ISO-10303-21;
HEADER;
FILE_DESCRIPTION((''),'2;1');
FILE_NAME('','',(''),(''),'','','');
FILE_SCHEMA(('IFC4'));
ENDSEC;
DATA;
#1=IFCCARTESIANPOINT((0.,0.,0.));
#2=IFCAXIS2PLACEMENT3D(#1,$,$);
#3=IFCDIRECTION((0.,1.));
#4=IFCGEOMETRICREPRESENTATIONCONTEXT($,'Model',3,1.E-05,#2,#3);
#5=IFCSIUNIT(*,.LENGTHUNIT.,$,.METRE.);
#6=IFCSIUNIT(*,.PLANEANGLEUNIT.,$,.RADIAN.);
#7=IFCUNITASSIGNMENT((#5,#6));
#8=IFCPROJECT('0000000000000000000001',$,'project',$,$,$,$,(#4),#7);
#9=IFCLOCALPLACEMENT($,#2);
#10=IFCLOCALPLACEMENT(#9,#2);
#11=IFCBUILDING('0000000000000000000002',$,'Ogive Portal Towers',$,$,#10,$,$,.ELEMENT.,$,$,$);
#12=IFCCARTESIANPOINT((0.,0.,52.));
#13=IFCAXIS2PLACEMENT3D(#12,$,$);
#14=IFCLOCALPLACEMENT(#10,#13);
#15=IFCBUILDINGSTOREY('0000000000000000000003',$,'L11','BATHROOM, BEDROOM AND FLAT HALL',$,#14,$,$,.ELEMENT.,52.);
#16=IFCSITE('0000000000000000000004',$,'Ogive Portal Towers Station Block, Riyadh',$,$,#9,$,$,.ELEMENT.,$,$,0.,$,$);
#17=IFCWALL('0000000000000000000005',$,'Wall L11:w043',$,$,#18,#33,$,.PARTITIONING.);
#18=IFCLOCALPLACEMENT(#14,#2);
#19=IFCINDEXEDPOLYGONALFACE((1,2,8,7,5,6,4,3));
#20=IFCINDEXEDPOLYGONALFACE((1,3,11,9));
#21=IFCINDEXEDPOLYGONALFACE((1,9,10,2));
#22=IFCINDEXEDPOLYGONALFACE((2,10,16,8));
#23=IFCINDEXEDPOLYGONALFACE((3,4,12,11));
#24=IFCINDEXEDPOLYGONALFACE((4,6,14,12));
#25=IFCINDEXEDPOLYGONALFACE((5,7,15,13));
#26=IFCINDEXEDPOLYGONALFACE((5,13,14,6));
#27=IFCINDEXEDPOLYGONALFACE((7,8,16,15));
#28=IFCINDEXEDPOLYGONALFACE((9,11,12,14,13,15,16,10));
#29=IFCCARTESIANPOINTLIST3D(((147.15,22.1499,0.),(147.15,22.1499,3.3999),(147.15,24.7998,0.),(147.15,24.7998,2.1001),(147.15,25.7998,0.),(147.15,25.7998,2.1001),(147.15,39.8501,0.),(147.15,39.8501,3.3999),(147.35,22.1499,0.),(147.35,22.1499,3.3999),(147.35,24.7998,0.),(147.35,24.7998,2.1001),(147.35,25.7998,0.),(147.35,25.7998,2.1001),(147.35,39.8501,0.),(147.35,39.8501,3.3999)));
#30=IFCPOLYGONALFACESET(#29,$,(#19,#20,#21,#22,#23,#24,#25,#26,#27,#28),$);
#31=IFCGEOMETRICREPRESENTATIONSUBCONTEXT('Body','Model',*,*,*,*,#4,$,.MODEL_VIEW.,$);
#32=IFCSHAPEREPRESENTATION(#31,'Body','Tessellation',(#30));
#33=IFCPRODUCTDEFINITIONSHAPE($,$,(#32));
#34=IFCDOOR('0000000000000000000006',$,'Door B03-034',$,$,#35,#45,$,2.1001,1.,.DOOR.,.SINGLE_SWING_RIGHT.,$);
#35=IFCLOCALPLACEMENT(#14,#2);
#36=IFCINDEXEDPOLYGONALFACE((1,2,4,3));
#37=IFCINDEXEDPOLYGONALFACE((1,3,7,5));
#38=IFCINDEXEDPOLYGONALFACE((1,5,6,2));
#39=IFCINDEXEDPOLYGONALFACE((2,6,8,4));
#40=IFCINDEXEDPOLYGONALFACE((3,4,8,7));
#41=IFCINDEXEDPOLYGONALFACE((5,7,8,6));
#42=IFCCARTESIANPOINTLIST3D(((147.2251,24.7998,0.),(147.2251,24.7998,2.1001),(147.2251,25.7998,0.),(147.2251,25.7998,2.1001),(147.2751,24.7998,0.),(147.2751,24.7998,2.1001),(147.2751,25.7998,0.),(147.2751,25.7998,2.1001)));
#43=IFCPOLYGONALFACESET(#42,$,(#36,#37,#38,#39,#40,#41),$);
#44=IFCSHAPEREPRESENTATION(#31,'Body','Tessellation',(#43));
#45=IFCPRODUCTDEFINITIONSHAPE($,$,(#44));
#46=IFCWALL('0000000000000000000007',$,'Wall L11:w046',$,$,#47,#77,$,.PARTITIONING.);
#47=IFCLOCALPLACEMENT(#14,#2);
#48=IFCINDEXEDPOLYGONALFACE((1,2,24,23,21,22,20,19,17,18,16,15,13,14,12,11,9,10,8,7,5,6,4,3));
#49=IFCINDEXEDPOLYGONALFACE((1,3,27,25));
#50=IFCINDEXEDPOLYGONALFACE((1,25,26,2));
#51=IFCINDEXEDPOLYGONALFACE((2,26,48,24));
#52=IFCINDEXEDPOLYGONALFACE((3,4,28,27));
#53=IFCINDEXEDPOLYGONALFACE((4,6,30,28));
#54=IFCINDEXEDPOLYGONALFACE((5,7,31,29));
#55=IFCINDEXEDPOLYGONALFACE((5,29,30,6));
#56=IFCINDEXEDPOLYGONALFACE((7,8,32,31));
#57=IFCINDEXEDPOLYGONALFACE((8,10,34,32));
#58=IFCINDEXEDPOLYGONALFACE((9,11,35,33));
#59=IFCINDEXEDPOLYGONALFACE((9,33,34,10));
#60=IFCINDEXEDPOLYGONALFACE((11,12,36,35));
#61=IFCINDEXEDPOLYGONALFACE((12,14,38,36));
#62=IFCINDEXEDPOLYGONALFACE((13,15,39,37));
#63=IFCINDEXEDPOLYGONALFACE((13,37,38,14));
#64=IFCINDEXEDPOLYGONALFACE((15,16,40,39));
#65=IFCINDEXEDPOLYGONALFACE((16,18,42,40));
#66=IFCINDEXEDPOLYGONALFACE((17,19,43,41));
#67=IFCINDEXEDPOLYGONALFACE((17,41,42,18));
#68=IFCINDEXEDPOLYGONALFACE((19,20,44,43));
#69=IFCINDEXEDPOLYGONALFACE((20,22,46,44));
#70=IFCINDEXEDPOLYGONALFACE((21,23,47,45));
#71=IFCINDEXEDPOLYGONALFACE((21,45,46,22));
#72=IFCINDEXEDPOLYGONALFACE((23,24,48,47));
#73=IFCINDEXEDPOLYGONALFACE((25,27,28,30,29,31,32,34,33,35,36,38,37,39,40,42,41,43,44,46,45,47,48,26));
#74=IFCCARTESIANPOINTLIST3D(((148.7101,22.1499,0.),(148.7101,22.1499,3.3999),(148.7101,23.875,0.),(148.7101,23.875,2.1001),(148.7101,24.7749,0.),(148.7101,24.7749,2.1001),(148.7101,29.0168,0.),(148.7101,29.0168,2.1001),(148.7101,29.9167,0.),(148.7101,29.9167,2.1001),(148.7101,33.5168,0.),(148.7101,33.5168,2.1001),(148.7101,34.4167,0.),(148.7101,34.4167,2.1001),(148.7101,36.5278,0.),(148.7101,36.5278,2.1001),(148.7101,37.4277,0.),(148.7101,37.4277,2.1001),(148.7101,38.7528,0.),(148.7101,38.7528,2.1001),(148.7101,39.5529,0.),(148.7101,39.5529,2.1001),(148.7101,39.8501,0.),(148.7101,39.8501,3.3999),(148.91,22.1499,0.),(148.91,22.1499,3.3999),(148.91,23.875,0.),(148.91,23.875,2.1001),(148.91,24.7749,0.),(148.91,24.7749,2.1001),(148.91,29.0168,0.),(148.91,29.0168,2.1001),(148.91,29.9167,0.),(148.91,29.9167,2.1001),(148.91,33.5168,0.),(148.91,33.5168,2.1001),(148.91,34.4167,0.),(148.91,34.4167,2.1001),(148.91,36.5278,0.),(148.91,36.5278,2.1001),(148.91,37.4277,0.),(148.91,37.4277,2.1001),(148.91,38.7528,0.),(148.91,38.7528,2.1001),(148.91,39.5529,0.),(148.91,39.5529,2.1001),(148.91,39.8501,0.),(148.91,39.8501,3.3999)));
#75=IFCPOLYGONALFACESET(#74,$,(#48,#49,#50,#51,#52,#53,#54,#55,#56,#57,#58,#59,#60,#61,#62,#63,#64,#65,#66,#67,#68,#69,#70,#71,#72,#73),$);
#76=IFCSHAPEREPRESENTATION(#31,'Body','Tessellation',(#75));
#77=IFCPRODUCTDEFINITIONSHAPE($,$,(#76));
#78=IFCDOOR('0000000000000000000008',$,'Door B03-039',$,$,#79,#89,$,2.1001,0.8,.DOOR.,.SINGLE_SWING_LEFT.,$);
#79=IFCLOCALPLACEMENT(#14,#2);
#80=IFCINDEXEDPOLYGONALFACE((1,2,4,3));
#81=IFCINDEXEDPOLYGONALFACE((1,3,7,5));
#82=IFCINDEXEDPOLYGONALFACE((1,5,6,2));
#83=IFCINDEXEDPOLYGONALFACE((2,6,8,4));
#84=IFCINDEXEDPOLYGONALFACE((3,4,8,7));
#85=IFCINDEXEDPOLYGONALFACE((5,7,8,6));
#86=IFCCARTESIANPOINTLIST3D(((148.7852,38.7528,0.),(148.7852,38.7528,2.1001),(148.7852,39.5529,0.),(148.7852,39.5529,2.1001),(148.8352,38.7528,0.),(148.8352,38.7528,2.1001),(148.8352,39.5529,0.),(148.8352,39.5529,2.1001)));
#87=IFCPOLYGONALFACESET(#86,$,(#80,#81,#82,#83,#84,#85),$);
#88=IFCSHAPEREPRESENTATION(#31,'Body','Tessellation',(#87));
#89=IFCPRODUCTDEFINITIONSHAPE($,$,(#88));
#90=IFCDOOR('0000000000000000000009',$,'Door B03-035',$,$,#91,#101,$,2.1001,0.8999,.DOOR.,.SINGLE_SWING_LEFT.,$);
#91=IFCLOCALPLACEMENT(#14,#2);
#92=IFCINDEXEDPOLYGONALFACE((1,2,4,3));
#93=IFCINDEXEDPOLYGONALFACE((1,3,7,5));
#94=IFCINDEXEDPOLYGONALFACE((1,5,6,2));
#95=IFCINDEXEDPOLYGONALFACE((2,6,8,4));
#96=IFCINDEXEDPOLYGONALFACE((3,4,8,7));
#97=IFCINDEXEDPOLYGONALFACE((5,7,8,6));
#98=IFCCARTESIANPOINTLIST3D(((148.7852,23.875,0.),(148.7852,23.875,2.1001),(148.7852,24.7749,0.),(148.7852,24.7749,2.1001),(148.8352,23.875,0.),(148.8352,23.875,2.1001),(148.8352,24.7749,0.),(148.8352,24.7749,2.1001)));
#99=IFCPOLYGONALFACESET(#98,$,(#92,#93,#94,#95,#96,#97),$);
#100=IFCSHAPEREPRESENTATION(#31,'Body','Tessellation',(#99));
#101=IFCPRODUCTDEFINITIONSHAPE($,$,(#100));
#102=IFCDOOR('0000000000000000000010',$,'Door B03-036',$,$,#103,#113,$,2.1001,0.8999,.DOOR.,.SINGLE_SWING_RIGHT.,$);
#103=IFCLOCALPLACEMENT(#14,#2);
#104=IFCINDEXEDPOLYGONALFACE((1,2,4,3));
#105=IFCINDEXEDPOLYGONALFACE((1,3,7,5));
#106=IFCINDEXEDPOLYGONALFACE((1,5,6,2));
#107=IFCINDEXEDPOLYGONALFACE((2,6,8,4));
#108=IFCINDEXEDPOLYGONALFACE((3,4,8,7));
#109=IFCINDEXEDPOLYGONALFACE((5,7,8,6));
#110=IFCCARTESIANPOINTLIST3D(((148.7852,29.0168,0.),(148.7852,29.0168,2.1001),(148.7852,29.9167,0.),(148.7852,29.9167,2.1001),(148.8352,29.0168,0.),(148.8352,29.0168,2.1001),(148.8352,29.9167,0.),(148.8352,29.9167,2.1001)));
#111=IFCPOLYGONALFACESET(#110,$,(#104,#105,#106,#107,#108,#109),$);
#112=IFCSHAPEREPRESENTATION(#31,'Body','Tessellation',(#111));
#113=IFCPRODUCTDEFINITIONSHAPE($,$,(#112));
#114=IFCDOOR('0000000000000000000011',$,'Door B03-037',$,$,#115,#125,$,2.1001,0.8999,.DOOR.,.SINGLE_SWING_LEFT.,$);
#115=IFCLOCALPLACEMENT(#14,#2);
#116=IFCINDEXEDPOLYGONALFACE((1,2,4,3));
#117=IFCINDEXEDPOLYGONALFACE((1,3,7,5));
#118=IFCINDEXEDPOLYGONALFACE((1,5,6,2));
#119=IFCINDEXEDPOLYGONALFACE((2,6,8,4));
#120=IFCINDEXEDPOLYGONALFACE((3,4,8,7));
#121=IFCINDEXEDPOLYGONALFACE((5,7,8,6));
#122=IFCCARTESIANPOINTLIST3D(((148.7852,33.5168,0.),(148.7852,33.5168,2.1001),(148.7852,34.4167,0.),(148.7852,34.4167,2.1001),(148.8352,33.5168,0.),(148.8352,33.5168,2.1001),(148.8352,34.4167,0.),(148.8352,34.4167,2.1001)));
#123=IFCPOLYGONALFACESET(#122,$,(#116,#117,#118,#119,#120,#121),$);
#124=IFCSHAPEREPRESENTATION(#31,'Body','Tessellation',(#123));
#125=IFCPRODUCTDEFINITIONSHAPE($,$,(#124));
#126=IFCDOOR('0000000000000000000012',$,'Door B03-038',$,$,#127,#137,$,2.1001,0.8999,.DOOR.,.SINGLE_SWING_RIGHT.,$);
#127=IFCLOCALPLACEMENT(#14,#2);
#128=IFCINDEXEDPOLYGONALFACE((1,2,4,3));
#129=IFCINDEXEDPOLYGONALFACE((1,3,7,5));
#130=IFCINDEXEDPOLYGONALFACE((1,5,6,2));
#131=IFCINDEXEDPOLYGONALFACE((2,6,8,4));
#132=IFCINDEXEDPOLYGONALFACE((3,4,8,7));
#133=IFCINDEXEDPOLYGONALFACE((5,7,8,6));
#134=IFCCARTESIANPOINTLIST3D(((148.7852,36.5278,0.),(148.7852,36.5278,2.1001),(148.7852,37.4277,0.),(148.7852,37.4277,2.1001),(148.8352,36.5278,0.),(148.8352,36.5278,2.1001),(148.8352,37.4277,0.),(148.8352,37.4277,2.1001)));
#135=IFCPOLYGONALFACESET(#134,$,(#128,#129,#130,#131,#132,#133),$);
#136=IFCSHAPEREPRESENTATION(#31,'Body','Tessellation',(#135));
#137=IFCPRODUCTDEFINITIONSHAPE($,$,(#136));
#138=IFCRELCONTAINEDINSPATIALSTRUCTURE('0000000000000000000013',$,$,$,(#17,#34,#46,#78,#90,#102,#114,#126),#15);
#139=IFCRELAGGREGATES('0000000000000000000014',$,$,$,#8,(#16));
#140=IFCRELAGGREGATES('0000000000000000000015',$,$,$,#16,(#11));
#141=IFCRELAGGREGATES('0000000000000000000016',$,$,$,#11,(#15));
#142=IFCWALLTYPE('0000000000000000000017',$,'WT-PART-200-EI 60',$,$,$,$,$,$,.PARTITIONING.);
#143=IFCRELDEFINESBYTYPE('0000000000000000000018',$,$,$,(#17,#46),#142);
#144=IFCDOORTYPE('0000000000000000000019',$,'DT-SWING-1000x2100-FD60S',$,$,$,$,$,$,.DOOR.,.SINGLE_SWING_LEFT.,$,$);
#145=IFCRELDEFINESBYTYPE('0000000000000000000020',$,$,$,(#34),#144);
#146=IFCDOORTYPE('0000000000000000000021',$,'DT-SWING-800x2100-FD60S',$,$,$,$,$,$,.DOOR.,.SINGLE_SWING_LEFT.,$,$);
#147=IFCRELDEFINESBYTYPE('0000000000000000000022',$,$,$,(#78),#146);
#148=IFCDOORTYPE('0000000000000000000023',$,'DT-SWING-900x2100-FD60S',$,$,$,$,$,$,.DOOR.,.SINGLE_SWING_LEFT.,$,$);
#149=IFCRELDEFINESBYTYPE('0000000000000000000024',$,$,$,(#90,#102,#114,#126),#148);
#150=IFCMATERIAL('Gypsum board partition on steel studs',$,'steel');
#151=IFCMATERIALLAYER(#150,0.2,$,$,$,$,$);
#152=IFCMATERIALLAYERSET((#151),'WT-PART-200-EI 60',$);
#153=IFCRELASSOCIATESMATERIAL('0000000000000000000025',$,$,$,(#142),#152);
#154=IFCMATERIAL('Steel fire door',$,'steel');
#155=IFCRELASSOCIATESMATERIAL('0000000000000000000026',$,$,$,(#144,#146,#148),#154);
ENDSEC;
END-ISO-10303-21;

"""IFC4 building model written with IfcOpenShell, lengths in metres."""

from ifc_helpers import new_model, si_unit, direction, frame, frame_2d, origin, place, context, subcontext, project, spatial, rectangle, extrude, material, layer, layer_set, type_object, element, fill, save


model = new_model("IFC4")

# Units and contexts
model_context = context("Model", 3, precision=1e-05, world=origin(), true_north=direction((0.0, 1.0)))
body_context = subcontext(model_context, "Body", "Model", "MODEL_VIEW")
ifc_project = project(units=[si_unit("LENGTHUNIT", "METRE"), si_unit("PLANEANGLEUNIT", "RADIAN")], contexts=[model_context])

# Site, building, storey
site_placement = place(None, origin())
site = spatial("IfcSite", under=ifc_project, at=site_placement, Name="Ogive Portal Towers Station Block, Riyadh", CompositionType="ELEMENT", RefElevation=0.0)
building_placement = place(site_placement, origin())
building = spatial("IfcBuilding", under=site, at=building_placement, Name="Ogive Portal Towers", CompositionType="ELEMENT")
storey_placement = place(building_placement, frame((0.0, 0.0, 52.0)))
storey = spatial("IfcBuildingStorey", under=building, at=storey_placement, Name="L11", Description="BATHROOM, BEDROOM AND FLAT HALL", CompositionType="ELEMENT", Elevation=52.0)

# Shared definitions
ifc_material_1 = material(Name="Gypsum board partition on steel studs", Category="steel")
ifc_layer_1 = layer(ifc_material_1, 0.2)
ifc_layer_set_1 = layer_set([ifc_layer_1], Name="WT-PART-200-EI 60")
wall_type = type_object("IfcWallType", Name="WT-PART-200-EI 60", PredefinedType="PARTITIONING", material=ifc_layer_set_1)

# Wall, opening, door
wall_1_placement = place(storey_placement, frame((147.25, 22.1499, 0.0), z_axis=(0.0, 0.0, 1.0), x_axis=(0.0, 1.0, 0.0)))
wall_1 = element("IfcWall", 1, at=wall_1_placement, inside=storey, type_object=wall_type, Name="Wall L11:w043", PredefinedType="PARTITIONING", context=body_context, shape_type="SweptSolid", body=[
    extrude(rectangle(XDim=17.7002, YDim=0.2, at=frame_2d((8.8501, 0.0))), origin(), (0.0, 0.0, 1.0), 3.3999),
])
opening_1_placement = place(wall_1_placement, frame((2.6499, 0.0, 0.0)))
opening_1 = element("IfcOpeningElement", 2, at=opening_1_placement, cuts=wall_1, PredefinedType="OPENING", context=body_context, shape_type="SweptSolid", body=[
    extrude(rectangle(XDim=1.0, YDim=2.1001, at=frame_2d((0.5, 1.05))), frame((0.0, 0.1099, 0.0), z_axis=(0.0, -1.0, 0.0), x_axis=(1.0, 0.0, 0.0)), (0.0, 0.0, 1.0), 0.22),
])
ifc_material_2 = material(Name="Steel fire door", Category="steel")
door_type_1 = type_object("IfcDoorType", Name="DT-SWING-1000x2100-FD60S", OperationType="SINGLE_SWING_LEFT", PredefinedType="DOOR", material=ifc_material_2)
door_1_placement = place(opening_1_placement, origin())
door_1 = element("IfcDoor", 3, at=door_1_placement, inside=storey, type_object=door_type_1, Name="Door B03-034", OperationType="SINGLE_SWING_RIGHT", OverallHeight=2.1001, OverallWidth=1.0, PredefinedType="DOOR", context=body_context, shape_type="SweptSolid", body=[
    extrude(rectangle(XDim=1.0, YDim=2.1001, at=frame_2d((0.5, 1.05))), frame((0.0, 0.0249, 0.0), z_axis=(0.0, -1.0, 0.0), x_axis=(1.0, 0.0, 0.0)), (0.0, 0.0, 1.0), 0.05),
])
fill(opening_1, door_1)

# Wall, openings, doors
wall_2_placement = place(storey_placement, frame((148.8101, 22.1499, 0.0), z_axis=(0.0, 0.0, 1.0), x_axis=(0.0, 1.0, 0.0)))
wall_2 = element("IfcWall", 4, at=wall_2_placement, inside=storey, type_object=wall_type, Name="Wall L11:w046", PredefinedType="PARTITIONING", context=body_context, shape_type="SweptSolid", body=[
    extrude(rectangle(XDim=17.7002, YDim=0.2, at=frame_2d((8.8501, 0.0))), origin(), (0.0, 0.0, 1.0), 3.3999),
])
opening_2_placement = place(wall_2_placement, frame((1.7251, 0.0, 0.0)))
opening_2 = element("IfcOpeningElement", 5, at=opening_2_placement, cuts=wall_2, PredefinedType="OPENING", context=body_context, shape_type="SweptSolid", body=[
    extrude(rectangle(XDim=0.8999, YDim=2.1001, at=frame_2d((0.45, 1.05))), frame((0.0, 0.1099, 0.0), z_axis=(0.0, -1.0, 0.0), x_axis=(1.0, 0.0, 0.0)), (0.0, 0.0, 1.0), 0.22),
])
opening_3_placement = place(wall_2_placement, frame((6.8669, 0.0, 0.0)))
opening_3 = element("IfcOpeningElement", 6, at=opening_3_placement, cuts=wall_2, PredefinedType="OPENING", context=body_context, shape_type="SweptSolid", body=[
    extrude(rectangle(XDim=0.8999, YDim=2.1001, at=frame_2d((0.45, 1.05))), frame((0.0, 0.1099, 0.0), z_axis=(0.0, -1.0, 0.0), x_axis=(1.0, 0.0, 0.0)), (0.0, 0.0, 1.0), 0.22),
])
opening_4_placement = place(wall_2_placement, frame((11.3669, 0.0, 0.0)))
opening_4 = element("IfcOpeningElement", 7, at=opening_4_placement, cuts=wall_2, PredefinedType="OPENING", context=body_context, shape_type="SweptSolid", body=[
    extrude(rectangle(XDim=0.8999, YDim=2.1001, at=frame_2d((0.45, 1.05))), frame((0.0, 0.1099, 0.0), z_axis=(0.0, -1.0, 0.0), x_axis=(1.0, 0.0, 0.0)), (0.0, 0.0, 1.0), 0.22),
])
opening_5_placement = place(wall_2_placement, frame((14.3779, 0.0, 0.0)))
opening_5 = element("IfcOpeningElement", 8, at=opening_5_placement, cuts=wall_2, PredefinedType="OPENING", context=body_context, shape_type="SweptSolid", body=[
    extrude(rectangle(XDim=0.8999, YDim=2.1001, at=frame_2d((0.45, 1.05))), frame((0.0, 0.1099, 0.0), z_axis=(0.0, -1.0, 0.0), x_axis=(1.0, 0.0, 0.0)), (0.0, 0.0, 1.0), 0.22),
])
opening_6_placement = place(wall_2_placement, frame((16.603, 0.0, 0.0)))
opening_6 = element("IfcOpeningElement", 9, at=opening_6_placement, cuts=wall_2, PredefinedType="OPENING", context=body_context, shape_type="SweptSolid", body=[
    extrude(rectangle(XDim=0.8, YDim=2.1001, at=frame_2d((0.3999, 1.05))), frame((0.0, 0.1099, 0.0), z_axis=(0.0, -1.0, 0.0), x_axis=(1.0, 0.0, 0.0)), (0.0, 0.0, 1.0), 0.22),
])
door_type_2 = type_object("IfcDoorType", Name="DT-SWING-800x2100-FD60S", OperationType="SINGLE_SWING_LEFT", PredefinedType="DOOR", material=ifc_material_2)
door_2_placement = place(opening_6_placement, origin())
door_2 = element("IfcDoor", 10, at=door_2_placement, inside=storey, type_object=door_type_2, Name="Door B03-039", OperationType="SINGLE_SWING_LEFT", OverallHeight=2.1001, OverallWidth=0.8, PredefinedType="DOOR", context=body_context, shape_type="SweptSolid", body=[
    extrude(rectangle(XDim=0.8, YDim=2.1001, at=frame_2d((0.3999, 1.05))), frame((0.0, 0.0249, 0.0), z_axis=(0.0, -1.0, 0.0), x_axis=(1.0, 0.0, 0.0)), (0.0, 0.0, 1.0), 0.05),
])
fill(opening_6, door_2)
door_type_3 = type_object("IfcDoorType", Name="DT-SWING-900x2100-FD60S", OperationType="SINGLE_SWING_LEFT", PredefinedType="DOOR", material=ifc_material_2)
door_3_placement = place(opening_2_placement, origin())
door_3 = element("IfcDoor", 11, at=door_3_placement, inside=storey, type_object=door_type_3, Name="Door B03-035", OperationType="SINGLE_SWING_LEFT", OverallHeight=2.1001, OverallWidth=0.8999, PredefinedType="DOOR", context=body_context, shape_type="SweptSolid", body=[
    extrude(rectangle(XDim=0.8999, YDim=2.1001, at=frame_2d((0.45, 1.05))), frame((0.0, 0.0249, 0.0), z_axis=(0.0, -1.0, 0.0), x_axis=(1.0, 0.0, 0.0)), (0.0, 0.0, 1.0), 0.05),
])
fill(opening_2, door_3)
door_4_placement = place(opening_3_placement, origin())
door_4 = element("IfcDoor", 12, at=door_4_placement, inside=storey, type_object=door_type_3, Name="Door B03-036", OperationType="SINGLE_SWING_RIGHT", OverallHeight=2.1001, OverallWidth=0.8999, PredefinedType="DOOR", context=body_context, shape_type="SweptSolid", body=[
    extrude(rectangle(XDim=0.8999, YDim=2.1001, at=frame_2d((0.45, 1.05))), frame((0.0, 0.0249, 0.0), z_axis=(0.0, -1.0, 0.0), x_axis=(1.0, 0.0, 0.0)), (0.0, 0.0, 1.0), 0.05),
])
fill(opening_3, door_4)
door_5_placement = place(opening_4_placement, origin())
door_5 = element("IfcDoor", 13, at=door_5_placement, inside=storey, type_object=door_type_3, Name="Door B03-037", OperationType="SINGLE_SWING_LEFT", OverallHeight=2.1001, OverallWidth=0.8999, PredefinedType="DOOR", context=body_context, shape_type="SweptSolid", body=[
    extrude(rectangle(XDim=0.8999, YDim=2.1001, at=frame_2d((0.45, 1.05))), frame((0.0, 0.0249, 0.0), z_axis=(0.0, -1.0, 0.0), x_axis=(1.0, 0.0, 0.0)), (0.0, 0.0, 1.0), 0.05),
])
fill(opening_4, door_5)
door_6_placement = place(opening_5_placement, origin())
door_6 = element("IfcDoor", 14, at=door_6_placement, inside=storey, type_object=door_type_3, Name="Door B03-038", OperationType="SINGLE_SWING_RIGHT", OverallHeight=2.1001, OverallWidth=0.8999, PredefinedType="DOOR", context=body_context, shape_type="SweptSolid", body=[
    extrude(rectangle(XDim=0.8999, YDim=2.1001, at=frame_2d((0.45, 1.05))), frame((0.0, 0.0249, 0.0), z_axis=(0.0, -1.0, 0.0), x_axis=(1.0, 0.0, 0.0)), (0.0, 0.0, 1.0), 0.05),
])
fill(opening_5, door_6)

save(model, "model.ifc")
